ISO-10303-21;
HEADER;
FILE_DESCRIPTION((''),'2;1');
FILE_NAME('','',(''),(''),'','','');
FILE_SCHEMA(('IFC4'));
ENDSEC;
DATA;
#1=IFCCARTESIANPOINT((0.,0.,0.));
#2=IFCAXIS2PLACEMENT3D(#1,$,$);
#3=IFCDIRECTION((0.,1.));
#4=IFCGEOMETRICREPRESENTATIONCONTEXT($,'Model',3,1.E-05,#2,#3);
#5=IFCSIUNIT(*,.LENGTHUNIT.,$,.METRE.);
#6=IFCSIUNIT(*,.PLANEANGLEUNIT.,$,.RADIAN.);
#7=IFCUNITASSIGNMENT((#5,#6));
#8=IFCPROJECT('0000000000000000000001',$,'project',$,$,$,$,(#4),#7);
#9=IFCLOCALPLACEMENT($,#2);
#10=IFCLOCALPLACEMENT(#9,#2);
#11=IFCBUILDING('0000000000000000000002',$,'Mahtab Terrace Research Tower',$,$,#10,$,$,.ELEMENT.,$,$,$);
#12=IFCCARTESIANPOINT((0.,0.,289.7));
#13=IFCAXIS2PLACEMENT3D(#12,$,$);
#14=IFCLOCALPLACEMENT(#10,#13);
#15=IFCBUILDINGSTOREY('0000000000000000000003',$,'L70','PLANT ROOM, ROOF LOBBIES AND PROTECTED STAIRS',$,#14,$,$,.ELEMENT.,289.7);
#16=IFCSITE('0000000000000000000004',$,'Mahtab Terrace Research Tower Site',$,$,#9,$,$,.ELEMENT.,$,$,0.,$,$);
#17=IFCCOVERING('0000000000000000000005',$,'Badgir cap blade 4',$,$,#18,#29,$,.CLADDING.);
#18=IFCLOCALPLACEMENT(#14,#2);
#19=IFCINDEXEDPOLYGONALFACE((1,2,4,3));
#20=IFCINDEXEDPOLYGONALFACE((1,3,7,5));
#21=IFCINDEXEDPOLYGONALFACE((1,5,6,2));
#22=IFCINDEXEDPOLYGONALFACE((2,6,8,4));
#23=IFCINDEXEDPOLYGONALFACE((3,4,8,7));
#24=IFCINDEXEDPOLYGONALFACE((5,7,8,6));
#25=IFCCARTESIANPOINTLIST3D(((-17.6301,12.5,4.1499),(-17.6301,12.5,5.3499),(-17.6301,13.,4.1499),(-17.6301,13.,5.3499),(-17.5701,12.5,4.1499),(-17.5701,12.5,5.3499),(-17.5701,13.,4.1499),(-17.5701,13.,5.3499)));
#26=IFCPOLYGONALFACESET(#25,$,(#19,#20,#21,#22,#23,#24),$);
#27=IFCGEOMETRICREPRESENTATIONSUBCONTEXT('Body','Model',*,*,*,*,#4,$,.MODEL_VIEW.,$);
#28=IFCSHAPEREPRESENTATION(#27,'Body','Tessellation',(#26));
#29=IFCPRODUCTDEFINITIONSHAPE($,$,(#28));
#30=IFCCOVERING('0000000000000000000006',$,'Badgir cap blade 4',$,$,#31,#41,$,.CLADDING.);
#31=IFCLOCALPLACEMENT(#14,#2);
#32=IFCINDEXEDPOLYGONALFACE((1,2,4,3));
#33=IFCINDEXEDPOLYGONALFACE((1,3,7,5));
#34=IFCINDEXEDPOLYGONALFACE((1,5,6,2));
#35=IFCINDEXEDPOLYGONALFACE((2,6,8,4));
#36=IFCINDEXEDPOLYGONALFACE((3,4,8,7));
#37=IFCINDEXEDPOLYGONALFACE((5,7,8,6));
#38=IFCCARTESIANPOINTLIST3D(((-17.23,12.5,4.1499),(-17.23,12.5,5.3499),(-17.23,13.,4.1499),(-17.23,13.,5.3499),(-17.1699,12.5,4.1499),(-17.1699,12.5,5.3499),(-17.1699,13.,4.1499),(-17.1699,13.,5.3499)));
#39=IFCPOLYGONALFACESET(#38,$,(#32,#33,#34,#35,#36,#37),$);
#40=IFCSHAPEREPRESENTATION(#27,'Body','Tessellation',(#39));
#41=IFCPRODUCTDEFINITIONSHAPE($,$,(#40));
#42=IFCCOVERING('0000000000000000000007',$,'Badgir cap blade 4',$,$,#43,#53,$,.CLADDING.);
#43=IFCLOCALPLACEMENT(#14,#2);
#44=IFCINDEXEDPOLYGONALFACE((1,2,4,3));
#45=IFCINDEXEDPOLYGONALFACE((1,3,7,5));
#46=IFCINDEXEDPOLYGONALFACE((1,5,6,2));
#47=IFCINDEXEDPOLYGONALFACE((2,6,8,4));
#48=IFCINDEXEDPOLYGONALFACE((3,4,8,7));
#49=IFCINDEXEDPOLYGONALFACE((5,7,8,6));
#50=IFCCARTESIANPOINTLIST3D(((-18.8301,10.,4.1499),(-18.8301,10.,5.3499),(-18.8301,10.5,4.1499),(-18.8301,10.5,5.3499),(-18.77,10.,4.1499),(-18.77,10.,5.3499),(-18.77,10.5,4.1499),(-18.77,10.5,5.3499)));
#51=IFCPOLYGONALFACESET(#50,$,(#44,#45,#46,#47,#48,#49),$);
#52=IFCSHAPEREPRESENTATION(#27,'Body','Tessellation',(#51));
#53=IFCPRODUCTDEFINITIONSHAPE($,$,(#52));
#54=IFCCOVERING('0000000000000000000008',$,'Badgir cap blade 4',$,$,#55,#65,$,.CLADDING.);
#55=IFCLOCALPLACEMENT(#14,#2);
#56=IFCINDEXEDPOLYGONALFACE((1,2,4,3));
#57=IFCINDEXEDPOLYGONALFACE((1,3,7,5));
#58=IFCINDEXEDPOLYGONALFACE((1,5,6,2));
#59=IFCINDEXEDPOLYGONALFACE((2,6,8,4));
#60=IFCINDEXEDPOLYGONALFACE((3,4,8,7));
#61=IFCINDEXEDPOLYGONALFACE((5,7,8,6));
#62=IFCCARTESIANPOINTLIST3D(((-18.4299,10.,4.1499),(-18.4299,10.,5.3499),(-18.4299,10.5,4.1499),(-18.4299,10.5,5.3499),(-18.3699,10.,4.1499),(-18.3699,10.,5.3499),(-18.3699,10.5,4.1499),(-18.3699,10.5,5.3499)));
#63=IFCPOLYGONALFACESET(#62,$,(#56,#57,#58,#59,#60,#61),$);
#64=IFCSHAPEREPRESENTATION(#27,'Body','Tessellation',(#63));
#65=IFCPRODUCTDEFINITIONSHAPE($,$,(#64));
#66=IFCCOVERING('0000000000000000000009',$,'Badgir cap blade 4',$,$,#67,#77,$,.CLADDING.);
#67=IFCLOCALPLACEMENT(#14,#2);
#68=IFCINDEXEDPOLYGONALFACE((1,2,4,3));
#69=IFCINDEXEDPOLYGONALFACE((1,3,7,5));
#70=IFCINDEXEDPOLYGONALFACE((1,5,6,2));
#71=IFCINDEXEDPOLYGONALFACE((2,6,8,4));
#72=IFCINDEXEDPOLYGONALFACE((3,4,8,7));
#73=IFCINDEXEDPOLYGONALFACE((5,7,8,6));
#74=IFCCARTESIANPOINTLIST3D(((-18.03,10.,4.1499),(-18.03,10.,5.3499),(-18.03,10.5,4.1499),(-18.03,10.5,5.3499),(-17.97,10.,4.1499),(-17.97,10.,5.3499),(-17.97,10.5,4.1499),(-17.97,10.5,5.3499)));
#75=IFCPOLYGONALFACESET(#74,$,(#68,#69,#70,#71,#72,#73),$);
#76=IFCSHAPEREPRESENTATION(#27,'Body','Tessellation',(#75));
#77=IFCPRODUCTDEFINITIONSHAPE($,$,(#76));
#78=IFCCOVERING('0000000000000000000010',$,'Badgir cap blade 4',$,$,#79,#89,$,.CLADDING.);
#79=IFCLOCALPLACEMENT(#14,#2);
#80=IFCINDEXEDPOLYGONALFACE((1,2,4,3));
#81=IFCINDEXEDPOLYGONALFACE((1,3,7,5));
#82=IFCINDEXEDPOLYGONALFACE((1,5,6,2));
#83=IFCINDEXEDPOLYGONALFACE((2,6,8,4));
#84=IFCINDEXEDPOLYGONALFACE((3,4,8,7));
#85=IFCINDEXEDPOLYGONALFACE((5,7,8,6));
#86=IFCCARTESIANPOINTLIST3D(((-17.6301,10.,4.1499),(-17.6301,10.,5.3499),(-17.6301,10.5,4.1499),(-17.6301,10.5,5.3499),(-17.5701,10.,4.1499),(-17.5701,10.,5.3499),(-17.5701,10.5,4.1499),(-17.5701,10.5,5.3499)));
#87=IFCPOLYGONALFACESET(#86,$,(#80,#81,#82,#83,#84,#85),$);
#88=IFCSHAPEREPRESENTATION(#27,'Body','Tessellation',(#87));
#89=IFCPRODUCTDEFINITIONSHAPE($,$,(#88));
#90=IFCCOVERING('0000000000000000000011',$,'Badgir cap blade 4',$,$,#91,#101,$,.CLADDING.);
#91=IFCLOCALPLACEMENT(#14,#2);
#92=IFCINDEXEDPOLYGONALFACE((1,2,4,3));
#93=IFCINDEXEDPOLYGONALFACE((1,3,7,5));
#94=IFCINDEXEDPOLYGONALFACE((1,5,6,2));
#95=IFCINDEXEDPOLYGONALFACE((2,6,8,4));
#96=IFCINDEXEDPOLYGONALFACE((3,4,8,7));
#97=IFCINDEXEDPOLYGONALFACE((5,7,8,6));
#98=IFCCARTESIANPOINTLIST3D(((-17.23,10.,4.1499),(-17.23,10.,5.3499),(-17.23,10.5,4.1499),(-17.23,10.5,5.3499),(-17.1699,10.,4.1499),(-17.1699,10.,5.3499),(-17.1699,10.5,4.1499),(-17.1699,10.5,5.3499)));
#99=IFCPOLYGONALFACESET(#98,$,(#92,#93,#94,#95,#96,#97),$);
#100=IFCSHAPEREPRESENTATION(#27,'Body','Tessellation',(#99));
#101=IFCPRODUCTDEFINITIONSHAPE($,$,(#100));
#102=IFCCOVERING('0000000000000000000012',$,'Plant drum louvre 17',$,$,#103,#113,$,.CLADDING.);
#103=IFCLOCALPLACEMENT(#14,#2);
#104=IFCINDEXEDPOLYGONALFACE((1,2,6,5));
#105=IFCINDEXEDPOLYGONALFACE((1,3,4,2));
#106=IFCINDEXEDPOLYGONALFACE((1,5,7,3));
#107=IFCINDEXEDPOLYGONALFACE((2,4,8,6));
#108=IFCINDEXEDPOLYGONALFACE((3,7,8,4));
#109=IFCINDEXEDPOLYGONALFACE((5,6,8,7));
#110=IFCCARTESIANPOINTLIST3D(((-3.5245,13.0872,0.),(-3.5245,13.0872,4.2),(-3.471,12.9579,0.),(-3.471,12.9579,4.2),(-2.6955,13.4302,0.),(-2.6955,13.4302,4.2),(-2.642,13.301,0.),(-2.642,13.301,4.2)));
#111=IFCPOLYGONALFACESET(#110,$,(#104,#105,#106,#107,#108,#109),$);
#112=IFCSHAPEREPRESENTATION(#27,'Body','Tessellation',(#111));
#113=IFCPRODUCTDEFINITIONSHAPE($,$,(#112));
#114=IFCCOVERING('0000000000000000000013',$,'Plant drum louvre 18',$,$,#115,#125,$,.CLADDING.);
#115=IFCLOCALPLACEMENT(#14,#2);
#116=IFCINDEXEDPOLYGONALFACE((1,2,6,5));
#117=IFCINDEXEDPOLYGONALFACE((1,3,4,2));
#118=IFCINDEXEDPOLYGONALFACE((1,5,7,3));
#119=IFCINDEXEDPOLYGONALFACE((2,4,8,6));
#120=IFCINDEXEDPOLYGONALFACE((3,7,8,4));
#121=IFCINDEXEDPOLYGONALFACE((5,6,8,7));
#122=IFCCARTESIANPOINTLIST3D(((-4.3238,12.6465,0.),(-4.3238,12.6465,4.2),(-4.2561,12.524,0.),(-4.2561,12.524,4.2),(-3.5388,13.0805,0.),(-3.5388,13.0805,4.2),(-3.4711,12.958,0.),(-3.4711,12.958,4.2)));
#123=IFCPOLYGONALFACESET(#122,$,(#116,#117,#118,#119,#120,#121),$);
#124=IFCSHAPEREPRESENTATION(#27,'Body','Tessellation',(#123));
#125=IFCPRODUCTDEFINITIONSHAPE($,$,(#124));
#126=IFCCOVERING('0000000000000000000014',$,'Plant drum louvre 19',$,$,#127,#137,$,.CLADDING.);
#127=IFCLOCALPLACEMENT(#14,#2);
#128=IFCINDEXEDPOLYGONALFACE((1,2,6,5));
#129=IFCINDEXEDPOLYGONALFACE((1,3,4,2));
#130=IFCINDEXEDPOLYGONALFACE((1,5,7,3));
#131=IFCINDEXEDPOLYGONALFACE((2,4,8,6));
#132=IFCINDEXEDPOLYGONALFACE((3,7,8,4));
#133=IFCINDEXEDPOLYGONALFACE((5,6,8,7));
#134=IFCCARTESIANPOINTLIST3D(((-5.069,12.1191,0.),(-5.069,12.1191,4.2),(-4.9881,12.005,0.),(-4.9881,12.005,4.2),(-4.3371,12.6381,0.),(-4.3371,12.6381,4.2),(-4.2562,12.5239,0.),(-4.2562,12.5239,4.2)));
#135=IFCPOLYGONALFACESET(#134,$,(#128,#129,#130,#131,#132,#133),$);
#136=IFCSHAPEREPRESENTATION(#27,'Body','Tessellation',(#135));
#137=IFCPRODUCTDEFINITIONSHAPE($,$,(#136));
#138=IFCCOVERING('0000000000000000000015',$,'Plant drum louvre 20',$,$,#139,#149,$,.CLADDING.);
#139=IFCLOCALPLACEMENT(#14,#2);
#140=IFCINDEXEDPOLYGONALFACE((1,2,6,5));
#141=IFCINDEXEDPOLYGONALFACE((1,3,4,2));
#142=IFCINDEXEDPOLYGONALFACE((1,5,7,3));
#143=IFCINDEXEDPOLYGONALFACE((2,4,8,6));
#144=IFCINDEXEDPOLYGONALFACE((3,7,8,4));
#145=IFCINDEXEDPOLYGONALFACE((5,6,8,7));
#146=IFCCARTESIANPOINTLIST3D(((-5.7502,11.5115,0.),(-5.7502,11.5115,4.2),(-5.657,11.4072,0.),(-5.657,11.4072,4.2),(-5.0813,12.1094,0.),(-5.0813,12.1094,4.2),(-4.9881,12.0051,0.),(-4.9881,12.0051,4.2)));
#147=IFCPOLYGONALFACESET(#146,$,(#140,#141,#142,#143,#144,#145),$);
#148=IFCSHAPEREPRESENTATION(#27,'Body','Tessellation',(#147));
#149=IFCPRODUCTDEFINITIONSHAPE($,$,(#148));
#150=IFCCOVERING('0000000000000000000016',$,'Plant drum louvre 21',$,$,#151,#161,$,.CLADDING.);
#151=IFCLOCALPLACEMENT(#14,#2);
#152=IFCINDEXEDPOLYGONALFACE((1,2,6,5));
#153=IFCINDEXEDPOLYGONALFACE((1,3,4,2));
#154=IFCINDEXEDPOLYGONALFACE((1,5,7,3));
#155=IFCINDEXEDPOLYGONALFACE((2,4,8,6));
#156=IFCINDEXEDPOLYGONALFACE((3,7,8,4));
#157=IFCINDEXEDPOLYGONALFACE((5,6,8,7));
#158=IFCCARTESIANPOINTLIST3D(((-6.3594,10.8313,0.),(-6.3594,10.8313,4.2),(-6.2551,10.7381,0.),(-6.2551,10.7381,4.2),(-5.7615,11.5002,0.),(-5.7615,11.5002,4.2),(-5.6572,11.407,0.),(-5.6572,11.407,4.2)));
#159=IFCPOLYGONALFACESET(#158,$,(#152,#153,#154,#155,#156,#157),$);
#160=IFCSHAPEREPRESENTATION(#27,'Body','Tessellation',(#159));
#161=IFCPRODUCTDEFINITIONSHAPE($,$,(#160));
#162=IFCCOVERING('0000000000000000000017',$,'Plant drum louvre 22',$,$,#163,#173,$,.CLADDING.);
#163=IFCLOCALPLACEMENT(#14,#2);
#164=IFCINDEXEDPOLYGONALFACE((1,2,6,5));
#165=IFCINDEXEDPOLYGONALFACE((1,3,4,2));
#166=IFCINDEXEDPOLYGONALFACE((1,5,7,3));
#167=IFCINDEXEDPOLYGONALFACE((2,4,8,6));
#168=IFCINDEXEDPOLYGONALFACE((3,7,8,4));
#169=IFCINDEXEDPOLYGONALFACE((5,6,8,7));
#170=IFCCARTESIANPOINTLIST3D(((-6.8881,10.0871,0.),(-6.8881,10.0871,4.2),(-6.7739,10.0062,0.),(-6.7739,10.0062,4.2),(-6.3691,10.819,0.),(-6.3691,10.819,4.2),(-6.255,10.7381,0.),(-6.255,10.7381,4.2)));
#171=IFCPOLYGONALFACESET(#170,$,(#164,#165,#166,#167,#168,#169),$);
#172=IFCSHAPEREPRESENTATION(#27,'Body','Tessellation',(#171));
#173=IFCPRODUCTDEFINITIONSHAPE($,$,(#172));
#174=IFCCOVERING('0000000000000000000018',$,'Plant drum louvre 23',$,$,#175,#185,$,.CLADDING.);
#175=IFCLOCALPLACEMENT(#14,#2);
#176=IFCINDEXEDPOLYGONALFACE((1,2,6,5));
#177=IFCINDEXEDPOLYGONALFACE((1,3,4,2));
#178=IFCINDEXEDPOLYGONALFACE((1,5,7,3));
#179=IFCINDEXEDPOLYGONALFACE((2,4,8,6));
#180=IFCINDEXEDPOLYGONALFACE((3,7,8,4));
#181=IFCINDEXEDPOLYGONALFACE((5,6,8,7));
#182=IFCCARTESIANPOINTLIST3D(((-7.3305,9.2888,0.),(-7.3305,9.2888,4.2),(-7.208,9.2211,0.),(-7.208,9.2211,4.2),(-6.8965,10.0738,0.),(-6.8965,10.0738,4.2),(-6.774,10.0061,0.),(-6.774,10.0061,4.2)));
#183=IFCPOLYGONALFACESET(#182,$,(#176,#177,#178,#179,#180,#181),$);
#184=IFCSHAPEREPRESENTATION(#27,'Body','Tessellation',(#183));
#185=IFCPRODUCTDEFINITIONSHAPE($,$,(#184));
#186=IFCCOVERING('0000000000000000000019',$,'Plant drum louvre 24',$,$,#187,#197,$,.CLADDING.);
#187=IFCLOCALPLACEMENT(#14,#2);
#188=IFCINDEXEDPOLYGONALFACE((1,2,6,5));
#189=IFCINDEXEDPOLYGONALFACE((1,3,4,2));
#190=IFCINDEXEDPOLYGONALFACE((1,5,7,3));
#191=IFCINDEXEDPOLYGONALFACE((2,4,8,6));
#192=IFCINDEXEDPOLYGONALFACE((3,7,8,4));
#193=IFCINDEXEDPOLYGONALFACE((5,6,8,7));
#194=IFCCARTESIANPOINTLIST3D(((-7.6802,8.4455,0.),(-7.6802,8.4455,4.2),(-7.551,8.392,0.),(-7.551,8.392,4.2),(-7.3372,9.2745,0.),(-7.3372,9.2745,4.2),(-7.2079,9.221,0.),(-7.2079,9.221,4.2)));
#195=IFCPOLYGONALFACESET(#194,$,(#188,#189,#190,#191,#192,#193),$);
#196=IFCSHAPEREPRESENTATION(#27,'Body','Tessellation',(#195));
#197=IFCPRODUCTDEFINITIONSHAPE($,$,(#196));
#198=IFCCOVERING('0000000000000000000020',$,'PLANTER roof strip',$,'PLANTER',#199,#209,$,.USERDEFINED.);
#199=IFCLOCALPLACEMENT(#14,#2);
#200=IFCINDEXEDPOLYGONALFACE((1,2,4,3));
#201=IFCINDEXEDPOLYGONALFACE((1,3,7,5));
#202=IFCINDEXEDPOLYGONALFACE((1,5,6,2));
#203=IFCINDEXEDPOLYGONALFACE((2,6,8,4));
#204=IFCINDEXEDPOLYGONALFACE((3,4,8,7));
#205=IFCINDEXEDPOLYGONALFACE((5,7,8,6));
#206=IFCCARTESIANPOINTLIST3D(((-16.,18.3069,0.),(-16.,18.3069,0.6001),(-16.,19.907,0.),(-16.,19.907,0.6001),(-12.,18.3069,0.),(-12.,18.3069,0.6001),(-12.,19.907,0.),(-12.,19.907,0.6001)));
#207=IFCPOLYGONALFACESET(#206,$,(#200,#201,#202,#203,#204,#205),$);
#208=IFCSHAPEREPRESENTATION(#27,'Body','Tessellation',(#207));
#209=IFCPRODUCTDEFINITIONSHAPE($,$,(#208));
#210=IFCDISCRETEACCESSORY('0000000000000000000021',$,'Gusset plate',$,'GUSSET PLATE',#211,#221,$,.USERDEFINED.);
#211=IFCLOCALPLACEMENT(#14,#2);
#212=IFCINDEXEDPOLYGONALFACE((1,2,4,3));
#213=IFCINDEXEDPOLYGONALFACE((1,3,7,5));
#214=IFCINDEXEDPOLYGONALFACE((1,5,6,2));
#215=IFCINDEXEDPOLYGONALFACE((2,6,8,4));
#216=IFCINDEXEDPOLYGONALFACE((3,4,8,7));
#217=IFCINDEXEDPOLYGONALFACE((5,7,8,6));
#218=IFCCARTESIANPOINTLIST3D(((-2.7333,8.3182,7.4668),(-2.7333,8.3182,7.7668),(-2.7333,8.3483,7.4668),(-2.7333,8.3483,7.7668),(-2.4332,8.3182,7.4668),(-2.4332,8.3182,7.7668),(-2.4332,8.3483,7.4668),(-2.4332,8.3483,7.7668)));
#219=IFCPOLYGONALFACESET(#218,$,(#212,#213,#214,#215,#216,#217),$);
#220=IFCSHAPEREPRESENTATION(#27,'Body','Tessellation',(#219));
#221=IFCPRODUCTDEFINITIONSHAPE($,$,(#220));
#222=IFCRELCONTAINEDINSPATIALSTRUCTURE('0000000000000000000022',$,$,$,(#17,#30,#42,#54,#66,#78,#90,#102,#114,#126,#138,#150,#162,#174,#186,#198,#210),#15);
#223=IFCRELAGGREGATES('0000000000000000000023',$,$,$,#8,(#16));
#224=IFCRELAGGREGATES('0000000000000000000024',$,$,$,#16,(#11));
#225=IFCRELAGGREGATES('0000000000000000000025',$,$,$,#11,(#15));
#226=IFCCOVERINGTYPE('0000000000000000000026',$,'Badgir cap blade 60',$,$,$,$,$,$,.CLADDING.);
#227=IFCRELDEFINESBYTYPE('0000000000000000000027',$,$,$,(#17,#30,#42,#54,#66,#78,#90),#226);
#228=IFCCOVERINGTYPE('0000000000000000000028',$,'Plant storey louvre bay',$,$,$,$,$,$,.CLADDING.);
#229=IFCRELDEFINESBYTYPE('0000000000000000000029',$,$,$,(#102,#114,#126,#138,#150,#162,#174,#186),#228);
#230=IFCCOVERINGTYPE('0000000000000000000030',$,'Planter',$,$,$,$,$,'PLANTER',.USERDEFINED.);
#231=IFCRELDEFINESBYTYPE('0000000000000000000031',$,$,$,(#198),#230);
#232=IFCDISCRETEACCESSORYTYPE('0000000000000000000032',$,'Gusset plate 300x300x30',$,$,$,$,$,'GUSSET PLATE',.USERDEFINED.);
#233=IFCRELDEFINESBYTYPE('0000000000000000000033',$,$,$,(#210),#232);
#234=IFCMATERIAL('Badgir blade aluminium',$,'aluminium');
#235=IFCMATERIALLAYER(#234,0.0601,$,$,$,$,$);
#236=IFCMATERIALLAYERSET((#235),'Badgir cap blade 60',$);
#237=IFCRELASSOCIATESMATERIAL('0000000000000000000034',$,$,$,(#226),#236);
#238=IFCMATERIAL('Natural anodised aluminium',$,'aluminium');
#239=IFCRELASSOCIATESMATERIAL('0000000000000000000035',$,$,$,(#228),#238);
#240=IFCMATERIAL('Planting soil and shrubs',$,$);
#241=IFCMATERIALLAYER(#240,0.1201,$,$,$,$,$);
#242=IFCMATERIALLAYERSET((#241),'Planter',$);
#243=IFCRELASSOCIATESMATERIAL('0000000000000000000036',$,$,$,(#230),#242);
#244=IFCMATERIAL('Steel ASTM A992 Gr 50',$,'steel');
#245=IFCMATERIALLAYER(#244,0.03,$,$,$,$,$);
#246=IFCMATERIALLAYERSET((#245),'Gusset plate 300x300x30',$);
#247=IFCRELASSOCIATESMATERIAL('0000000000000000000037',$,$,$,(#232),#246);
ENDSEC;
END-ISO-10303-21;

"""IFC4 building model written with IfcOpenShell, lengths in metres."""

from ifc_helpers import new_model, si_unit, direction, frame, origin, origin_2d, place, context, subcontext, project, spatial, rectangle, extrude, material, layer, layer_set, type_object, element, save


model = new_model("IFC4")

# Units and contexts
model_context = context("Model", 3, precision=1e-05, world=origin(), true_north=direction((0.0, 1.0)))
body_context = subcontext(model_context, "Body", "Model", "MODEL_VIEW")
ifc_project = project(units=[si_unit("LENGTHUNIT", "METRE"), si_unit("PLANEANGLEUNIT", "RADIAN")], contexts=[model_context])

# Site, building, storey
site_placement = place(None, origin())
site = spatial("IfcSite", under=ifc_project, at=site_placement, Name="Mahtab Terrace Research Tower Site", CompositionType="ELEMENT", RefElevation=0.0)
building_placement = place(site_placement, origin())
building = spatial("IfcBuilding", under=site, at=building_placement, Name="Mahtab Terrace Research Tower", CompositionType="ELEMENT")
storey_placement = place(building_placement, frame((0.0, 0.0, 289.7)))
storey = spatial("IfcBuildingStorey", under=building, at=storey_placement, Name="L70", Description="PLANT ROOM, ROOF LOBBIES AND PROTECTED STAIRS", CompositionType="ELEMENT", Elevation=289.7)

# Shared definitions
ifc_material_1 = material(Name="Steel ASTM A992 Gr 50", Category="steel")

# Coverings
ifc_material_2 = material(Name="Badgir blade aluminium", Category="aluminium")
ifc_layer_1 = layer(ifc_material_2, 0.0601)
ifc_layer_set_1 = layer_set([ifc_layer_1], Name="Badgir cap blade 60")
covering_type_1 = type_object("IfcCoveringType", Name="Badgir cap blade 60", PredefinedType="CLADDING", material=ifc_layer_set_1)
for number, where, z_axis, x_axis, name in (
    (1, (-17.6001, 12.75, 4.1499), (0.0, 0.0, 1.0), (1.0, 0.0, 0.0), "Badgir cap blade 4"),
    (2, (-17.2, 12.75, 4.1499), (0.0, 0.0, 1.0), (1.0, 0.0, 0.0), "Badgir cap blade 4"),
    (3, (-18.8, 10.25, 4.1499), (0.0, 0.0, 1.0), (1.0, 0.0, 0.0), "Badgir cap blade 4"),
    (4, (-18.3999, 10.25, 4.1499), (0.0, 0.0, 1.0), (1.0, 0.0, 0.0), "Badgir cap blade 4"),
    (5, (-18.0, 10.25, 4.1499), (0.0, 0.0, 1.0), (1.0, 0.0, 0.0), "Badgir cap blade 4"),
    (6, (-17.6001, 10.25, 4.1499), (0.0, 0.0, 1.0), (1.0, 0.0, 0.0), "Badgir cap blade 4"),
    (7, (-17.2, 10.25, 4.1499), (0.0, 0.0, 1.0), (1.0, 0.0, 0.0), "Badgir cap blade 4"),
):
    element("IfcCovering", number, at=place(storey_placement, frame(where, z_axis=z_axis, x_axis=x_axis)), inside=storey, type_object=covering_type_1, Name=name, PredefinedType="CLADDING", context=body_context, shape_type="SweptSolid", body=[
        extrude(rectangle(XDim=0.0601, YDim=0.5, at=origin_2d()), origin(), (0.0, 0.0, 1.0), 1.2),
    ])
ifc_material_3 = material(Name="Natural anodised aluminium", Category="aluminium")
covering_type_2 = type_object("IfcCoveringType", Name="Plant storey louvre bay", PredefinedType="CLADDING", material=ifc_material_3)
covering_1_placement = place(storey_placement, frame((-3.0833, 13.1941, 0.0), z_axis=(0.0, 0.0, 1.0), x_axis=(-0.92403, -0.382319, 0.0)))
element("IfcCovering", 8, at=covering_1_placement, inside=storey, type_object=covering_type_2, Name="Plant drum louvre 17", PredefinedType="CLADDING", context=body_context, shape_type="SweptSolid", body=[
    extrude(rectangle(XDim=0.8972, YDim=0.1399, at=origin_2d()), origin(), (0.0, 0.0, 1.0), 4.2),
])
covering_2_placement = place(storey_placement, frame((-3.8975, 12.8022, 0.0), z_axis=(0.0, 0.0, 1.0), x_axis=(-0.875155, -0.483843, 0.0)))
element("IfcCovering", 9, at=covering_2_placement, inside=storey, type_object=covering_type_2, Name="Plant drum louvre 18", PredefinedType="CLADDING", context=body_context, shape_type="SweptSolid", body=[
    extrude(rectangle(XDim=0.897, YDim=0.1399, at=origin_2d()), origin(), (0.0, 0.0, 1.0), 4.2),
])
for number, where, z_axis, x_axis, name in (
    (10, (-4.6626, 12.3215, 0.0), (0.0, 0.0, 1.0), (-0.815762, -0.578388, 0.0), "Plant drum louvre 19"),
    (11, (-5.3691, 11.7583, 0.0), (0.0, 0.0, 1.0), (-0.745562, -0.666436, 0.0), "Plant drum louvre 20"),
    (12, (-6.0083, 11.1191, 0.0), (0.0, 0.0, 1.0), (-0.666436, -0.745562, 0.0), "Plant drum louvre 21"),
    (13, (-6.5715, 10.4126, 0.0), (0.0, 0.0, 1.0), (-0.578388, -0.815762, 0.0), "Plant drum louvre 22"),
):
    element("IfcCovering", number, at=place(storey_placement, frame(where, z_axis=z_axis, x_axis=x_axis)), inside=storey, type_object=covering_type_2, Name=name, PredefinedType="CLADDING", context=body_context, shape_type="SweptSolid", body=[
        extrude(rectangle(XDim=0.8972, YDim=0.1399, at=origin_2d()), origin(), (0.0, 0.0, 1.0), 4.2),
    ])
covering_3_placement = place(storey_placement, frame((-7.0522, 9.6475, 0.0), z_axis=(0.0, 0.0, 1.0), x_axis=(-0.483843, -0.875155, 0.0)))
element("IfcCovering", 14, at=covering_3_placement, inside=storey, type_object=covering_type_2, Name="Plant drum louvre 23", PredefinedType="CLADDING", context=body_context, shape_type="SweptSolid", body=[
    extrude(rectangle(XDim=0.897, YDim=0.1399, at=origin_2d()), origin(), (0.0, 0.0, 1.0), 4.2),
])
covering_4_placement = place(storey_placement, frame((-7.4441, 8.8333, 0.0), z_axis=(0.0, 0.0, 1.0), x_axis=(-0.382319, -0.92403, 0.0)))
element("IfcCovering", 15, at=covering_4_placement, inside=storey, type_object=covering_type_2, Name="Plant drum louvre 24", PredefinedType="CLADDING", context=body_context, shape_type="SweptSolid", body=[
    extrude(rectangle(XDim=0.8972, YDim=0.1399, at=origin_2d()), origin(), (0.0, 0.0, 1.0), 4.2),
])
ifc_material_4 = material(Name="Planting soil and shrubs")
ifc_layer_2 = layer(ifc_material_4, 0.1201)
ifc_layer_set_2 = layer_set([ifc_layer_2], Name="Planter")
covering_type_3 = type_object("IfcCoveringType", Name="Planter", ElementType="PLANTER", PredefinedType="USERDEFINED", material=ifc_layer_set_2)
covering_5_placement = place(storey_placement, frame((-14.0, 19.1069, 0.0), z_axis=(0.0, 0.0, 1.0), x_axis=(1.0, 0.0, 0.0)))
element("IfcCovering", 16, at=covering_5_placement, inside=storey, type_object=covering_type_3, Name="PLANTER roof strip", ObjectType="PLANTER", PredefinedType="USERDEFINED", context=body_context, shape_type="SweptSolid", body=[
    extrude(rectangle(XDim=4.0, YDim=1.6001, at=origin_2d()), origin(), (0.0, 0.0, 1.0), 0.6001),
])

# Discrete accessory
ifc_layer_3 = layer(ifc_material_1, 0.03)
ifc_layer_set_3 = layer_set([ifc_layer_3], Name="Gusset plate 300x300x30")
discrete_accessory_type = type_object("IfcDiscreteAccessoryType", Name="Gusset plate 300x300x30", ElementType="GUSSET PLATE", PredefinedType="USERDEFINED", material=ifc_layer_set_3)
for number, where, z_axis, x_axis, name in (
    (17, (-2.5833, 8.3333, 7.4668), (0.0, 0.0, 1.0), (1.0, 0.0, 0.0), "Gusset plate"),
):
    element("IfcDiscreteAccessory", number, at=place(storey_placement, frame(where, z_axis=z_axis, x_axis=x_axis)), inside=storey, type_object=discrete_accessory_type, Name=name, ObjectType="GUSSET PLATE", PredefinedType="USERDEFINED", context=body_context, shape_type="SweptSolid", body=[
        extrude(rectangle(XDim=0.3, YDim=0.03, at=origin_2d()), origin(), (0.0, 0.0, 1.0), 0.3),
    ])

save(model, "model.ifc")
